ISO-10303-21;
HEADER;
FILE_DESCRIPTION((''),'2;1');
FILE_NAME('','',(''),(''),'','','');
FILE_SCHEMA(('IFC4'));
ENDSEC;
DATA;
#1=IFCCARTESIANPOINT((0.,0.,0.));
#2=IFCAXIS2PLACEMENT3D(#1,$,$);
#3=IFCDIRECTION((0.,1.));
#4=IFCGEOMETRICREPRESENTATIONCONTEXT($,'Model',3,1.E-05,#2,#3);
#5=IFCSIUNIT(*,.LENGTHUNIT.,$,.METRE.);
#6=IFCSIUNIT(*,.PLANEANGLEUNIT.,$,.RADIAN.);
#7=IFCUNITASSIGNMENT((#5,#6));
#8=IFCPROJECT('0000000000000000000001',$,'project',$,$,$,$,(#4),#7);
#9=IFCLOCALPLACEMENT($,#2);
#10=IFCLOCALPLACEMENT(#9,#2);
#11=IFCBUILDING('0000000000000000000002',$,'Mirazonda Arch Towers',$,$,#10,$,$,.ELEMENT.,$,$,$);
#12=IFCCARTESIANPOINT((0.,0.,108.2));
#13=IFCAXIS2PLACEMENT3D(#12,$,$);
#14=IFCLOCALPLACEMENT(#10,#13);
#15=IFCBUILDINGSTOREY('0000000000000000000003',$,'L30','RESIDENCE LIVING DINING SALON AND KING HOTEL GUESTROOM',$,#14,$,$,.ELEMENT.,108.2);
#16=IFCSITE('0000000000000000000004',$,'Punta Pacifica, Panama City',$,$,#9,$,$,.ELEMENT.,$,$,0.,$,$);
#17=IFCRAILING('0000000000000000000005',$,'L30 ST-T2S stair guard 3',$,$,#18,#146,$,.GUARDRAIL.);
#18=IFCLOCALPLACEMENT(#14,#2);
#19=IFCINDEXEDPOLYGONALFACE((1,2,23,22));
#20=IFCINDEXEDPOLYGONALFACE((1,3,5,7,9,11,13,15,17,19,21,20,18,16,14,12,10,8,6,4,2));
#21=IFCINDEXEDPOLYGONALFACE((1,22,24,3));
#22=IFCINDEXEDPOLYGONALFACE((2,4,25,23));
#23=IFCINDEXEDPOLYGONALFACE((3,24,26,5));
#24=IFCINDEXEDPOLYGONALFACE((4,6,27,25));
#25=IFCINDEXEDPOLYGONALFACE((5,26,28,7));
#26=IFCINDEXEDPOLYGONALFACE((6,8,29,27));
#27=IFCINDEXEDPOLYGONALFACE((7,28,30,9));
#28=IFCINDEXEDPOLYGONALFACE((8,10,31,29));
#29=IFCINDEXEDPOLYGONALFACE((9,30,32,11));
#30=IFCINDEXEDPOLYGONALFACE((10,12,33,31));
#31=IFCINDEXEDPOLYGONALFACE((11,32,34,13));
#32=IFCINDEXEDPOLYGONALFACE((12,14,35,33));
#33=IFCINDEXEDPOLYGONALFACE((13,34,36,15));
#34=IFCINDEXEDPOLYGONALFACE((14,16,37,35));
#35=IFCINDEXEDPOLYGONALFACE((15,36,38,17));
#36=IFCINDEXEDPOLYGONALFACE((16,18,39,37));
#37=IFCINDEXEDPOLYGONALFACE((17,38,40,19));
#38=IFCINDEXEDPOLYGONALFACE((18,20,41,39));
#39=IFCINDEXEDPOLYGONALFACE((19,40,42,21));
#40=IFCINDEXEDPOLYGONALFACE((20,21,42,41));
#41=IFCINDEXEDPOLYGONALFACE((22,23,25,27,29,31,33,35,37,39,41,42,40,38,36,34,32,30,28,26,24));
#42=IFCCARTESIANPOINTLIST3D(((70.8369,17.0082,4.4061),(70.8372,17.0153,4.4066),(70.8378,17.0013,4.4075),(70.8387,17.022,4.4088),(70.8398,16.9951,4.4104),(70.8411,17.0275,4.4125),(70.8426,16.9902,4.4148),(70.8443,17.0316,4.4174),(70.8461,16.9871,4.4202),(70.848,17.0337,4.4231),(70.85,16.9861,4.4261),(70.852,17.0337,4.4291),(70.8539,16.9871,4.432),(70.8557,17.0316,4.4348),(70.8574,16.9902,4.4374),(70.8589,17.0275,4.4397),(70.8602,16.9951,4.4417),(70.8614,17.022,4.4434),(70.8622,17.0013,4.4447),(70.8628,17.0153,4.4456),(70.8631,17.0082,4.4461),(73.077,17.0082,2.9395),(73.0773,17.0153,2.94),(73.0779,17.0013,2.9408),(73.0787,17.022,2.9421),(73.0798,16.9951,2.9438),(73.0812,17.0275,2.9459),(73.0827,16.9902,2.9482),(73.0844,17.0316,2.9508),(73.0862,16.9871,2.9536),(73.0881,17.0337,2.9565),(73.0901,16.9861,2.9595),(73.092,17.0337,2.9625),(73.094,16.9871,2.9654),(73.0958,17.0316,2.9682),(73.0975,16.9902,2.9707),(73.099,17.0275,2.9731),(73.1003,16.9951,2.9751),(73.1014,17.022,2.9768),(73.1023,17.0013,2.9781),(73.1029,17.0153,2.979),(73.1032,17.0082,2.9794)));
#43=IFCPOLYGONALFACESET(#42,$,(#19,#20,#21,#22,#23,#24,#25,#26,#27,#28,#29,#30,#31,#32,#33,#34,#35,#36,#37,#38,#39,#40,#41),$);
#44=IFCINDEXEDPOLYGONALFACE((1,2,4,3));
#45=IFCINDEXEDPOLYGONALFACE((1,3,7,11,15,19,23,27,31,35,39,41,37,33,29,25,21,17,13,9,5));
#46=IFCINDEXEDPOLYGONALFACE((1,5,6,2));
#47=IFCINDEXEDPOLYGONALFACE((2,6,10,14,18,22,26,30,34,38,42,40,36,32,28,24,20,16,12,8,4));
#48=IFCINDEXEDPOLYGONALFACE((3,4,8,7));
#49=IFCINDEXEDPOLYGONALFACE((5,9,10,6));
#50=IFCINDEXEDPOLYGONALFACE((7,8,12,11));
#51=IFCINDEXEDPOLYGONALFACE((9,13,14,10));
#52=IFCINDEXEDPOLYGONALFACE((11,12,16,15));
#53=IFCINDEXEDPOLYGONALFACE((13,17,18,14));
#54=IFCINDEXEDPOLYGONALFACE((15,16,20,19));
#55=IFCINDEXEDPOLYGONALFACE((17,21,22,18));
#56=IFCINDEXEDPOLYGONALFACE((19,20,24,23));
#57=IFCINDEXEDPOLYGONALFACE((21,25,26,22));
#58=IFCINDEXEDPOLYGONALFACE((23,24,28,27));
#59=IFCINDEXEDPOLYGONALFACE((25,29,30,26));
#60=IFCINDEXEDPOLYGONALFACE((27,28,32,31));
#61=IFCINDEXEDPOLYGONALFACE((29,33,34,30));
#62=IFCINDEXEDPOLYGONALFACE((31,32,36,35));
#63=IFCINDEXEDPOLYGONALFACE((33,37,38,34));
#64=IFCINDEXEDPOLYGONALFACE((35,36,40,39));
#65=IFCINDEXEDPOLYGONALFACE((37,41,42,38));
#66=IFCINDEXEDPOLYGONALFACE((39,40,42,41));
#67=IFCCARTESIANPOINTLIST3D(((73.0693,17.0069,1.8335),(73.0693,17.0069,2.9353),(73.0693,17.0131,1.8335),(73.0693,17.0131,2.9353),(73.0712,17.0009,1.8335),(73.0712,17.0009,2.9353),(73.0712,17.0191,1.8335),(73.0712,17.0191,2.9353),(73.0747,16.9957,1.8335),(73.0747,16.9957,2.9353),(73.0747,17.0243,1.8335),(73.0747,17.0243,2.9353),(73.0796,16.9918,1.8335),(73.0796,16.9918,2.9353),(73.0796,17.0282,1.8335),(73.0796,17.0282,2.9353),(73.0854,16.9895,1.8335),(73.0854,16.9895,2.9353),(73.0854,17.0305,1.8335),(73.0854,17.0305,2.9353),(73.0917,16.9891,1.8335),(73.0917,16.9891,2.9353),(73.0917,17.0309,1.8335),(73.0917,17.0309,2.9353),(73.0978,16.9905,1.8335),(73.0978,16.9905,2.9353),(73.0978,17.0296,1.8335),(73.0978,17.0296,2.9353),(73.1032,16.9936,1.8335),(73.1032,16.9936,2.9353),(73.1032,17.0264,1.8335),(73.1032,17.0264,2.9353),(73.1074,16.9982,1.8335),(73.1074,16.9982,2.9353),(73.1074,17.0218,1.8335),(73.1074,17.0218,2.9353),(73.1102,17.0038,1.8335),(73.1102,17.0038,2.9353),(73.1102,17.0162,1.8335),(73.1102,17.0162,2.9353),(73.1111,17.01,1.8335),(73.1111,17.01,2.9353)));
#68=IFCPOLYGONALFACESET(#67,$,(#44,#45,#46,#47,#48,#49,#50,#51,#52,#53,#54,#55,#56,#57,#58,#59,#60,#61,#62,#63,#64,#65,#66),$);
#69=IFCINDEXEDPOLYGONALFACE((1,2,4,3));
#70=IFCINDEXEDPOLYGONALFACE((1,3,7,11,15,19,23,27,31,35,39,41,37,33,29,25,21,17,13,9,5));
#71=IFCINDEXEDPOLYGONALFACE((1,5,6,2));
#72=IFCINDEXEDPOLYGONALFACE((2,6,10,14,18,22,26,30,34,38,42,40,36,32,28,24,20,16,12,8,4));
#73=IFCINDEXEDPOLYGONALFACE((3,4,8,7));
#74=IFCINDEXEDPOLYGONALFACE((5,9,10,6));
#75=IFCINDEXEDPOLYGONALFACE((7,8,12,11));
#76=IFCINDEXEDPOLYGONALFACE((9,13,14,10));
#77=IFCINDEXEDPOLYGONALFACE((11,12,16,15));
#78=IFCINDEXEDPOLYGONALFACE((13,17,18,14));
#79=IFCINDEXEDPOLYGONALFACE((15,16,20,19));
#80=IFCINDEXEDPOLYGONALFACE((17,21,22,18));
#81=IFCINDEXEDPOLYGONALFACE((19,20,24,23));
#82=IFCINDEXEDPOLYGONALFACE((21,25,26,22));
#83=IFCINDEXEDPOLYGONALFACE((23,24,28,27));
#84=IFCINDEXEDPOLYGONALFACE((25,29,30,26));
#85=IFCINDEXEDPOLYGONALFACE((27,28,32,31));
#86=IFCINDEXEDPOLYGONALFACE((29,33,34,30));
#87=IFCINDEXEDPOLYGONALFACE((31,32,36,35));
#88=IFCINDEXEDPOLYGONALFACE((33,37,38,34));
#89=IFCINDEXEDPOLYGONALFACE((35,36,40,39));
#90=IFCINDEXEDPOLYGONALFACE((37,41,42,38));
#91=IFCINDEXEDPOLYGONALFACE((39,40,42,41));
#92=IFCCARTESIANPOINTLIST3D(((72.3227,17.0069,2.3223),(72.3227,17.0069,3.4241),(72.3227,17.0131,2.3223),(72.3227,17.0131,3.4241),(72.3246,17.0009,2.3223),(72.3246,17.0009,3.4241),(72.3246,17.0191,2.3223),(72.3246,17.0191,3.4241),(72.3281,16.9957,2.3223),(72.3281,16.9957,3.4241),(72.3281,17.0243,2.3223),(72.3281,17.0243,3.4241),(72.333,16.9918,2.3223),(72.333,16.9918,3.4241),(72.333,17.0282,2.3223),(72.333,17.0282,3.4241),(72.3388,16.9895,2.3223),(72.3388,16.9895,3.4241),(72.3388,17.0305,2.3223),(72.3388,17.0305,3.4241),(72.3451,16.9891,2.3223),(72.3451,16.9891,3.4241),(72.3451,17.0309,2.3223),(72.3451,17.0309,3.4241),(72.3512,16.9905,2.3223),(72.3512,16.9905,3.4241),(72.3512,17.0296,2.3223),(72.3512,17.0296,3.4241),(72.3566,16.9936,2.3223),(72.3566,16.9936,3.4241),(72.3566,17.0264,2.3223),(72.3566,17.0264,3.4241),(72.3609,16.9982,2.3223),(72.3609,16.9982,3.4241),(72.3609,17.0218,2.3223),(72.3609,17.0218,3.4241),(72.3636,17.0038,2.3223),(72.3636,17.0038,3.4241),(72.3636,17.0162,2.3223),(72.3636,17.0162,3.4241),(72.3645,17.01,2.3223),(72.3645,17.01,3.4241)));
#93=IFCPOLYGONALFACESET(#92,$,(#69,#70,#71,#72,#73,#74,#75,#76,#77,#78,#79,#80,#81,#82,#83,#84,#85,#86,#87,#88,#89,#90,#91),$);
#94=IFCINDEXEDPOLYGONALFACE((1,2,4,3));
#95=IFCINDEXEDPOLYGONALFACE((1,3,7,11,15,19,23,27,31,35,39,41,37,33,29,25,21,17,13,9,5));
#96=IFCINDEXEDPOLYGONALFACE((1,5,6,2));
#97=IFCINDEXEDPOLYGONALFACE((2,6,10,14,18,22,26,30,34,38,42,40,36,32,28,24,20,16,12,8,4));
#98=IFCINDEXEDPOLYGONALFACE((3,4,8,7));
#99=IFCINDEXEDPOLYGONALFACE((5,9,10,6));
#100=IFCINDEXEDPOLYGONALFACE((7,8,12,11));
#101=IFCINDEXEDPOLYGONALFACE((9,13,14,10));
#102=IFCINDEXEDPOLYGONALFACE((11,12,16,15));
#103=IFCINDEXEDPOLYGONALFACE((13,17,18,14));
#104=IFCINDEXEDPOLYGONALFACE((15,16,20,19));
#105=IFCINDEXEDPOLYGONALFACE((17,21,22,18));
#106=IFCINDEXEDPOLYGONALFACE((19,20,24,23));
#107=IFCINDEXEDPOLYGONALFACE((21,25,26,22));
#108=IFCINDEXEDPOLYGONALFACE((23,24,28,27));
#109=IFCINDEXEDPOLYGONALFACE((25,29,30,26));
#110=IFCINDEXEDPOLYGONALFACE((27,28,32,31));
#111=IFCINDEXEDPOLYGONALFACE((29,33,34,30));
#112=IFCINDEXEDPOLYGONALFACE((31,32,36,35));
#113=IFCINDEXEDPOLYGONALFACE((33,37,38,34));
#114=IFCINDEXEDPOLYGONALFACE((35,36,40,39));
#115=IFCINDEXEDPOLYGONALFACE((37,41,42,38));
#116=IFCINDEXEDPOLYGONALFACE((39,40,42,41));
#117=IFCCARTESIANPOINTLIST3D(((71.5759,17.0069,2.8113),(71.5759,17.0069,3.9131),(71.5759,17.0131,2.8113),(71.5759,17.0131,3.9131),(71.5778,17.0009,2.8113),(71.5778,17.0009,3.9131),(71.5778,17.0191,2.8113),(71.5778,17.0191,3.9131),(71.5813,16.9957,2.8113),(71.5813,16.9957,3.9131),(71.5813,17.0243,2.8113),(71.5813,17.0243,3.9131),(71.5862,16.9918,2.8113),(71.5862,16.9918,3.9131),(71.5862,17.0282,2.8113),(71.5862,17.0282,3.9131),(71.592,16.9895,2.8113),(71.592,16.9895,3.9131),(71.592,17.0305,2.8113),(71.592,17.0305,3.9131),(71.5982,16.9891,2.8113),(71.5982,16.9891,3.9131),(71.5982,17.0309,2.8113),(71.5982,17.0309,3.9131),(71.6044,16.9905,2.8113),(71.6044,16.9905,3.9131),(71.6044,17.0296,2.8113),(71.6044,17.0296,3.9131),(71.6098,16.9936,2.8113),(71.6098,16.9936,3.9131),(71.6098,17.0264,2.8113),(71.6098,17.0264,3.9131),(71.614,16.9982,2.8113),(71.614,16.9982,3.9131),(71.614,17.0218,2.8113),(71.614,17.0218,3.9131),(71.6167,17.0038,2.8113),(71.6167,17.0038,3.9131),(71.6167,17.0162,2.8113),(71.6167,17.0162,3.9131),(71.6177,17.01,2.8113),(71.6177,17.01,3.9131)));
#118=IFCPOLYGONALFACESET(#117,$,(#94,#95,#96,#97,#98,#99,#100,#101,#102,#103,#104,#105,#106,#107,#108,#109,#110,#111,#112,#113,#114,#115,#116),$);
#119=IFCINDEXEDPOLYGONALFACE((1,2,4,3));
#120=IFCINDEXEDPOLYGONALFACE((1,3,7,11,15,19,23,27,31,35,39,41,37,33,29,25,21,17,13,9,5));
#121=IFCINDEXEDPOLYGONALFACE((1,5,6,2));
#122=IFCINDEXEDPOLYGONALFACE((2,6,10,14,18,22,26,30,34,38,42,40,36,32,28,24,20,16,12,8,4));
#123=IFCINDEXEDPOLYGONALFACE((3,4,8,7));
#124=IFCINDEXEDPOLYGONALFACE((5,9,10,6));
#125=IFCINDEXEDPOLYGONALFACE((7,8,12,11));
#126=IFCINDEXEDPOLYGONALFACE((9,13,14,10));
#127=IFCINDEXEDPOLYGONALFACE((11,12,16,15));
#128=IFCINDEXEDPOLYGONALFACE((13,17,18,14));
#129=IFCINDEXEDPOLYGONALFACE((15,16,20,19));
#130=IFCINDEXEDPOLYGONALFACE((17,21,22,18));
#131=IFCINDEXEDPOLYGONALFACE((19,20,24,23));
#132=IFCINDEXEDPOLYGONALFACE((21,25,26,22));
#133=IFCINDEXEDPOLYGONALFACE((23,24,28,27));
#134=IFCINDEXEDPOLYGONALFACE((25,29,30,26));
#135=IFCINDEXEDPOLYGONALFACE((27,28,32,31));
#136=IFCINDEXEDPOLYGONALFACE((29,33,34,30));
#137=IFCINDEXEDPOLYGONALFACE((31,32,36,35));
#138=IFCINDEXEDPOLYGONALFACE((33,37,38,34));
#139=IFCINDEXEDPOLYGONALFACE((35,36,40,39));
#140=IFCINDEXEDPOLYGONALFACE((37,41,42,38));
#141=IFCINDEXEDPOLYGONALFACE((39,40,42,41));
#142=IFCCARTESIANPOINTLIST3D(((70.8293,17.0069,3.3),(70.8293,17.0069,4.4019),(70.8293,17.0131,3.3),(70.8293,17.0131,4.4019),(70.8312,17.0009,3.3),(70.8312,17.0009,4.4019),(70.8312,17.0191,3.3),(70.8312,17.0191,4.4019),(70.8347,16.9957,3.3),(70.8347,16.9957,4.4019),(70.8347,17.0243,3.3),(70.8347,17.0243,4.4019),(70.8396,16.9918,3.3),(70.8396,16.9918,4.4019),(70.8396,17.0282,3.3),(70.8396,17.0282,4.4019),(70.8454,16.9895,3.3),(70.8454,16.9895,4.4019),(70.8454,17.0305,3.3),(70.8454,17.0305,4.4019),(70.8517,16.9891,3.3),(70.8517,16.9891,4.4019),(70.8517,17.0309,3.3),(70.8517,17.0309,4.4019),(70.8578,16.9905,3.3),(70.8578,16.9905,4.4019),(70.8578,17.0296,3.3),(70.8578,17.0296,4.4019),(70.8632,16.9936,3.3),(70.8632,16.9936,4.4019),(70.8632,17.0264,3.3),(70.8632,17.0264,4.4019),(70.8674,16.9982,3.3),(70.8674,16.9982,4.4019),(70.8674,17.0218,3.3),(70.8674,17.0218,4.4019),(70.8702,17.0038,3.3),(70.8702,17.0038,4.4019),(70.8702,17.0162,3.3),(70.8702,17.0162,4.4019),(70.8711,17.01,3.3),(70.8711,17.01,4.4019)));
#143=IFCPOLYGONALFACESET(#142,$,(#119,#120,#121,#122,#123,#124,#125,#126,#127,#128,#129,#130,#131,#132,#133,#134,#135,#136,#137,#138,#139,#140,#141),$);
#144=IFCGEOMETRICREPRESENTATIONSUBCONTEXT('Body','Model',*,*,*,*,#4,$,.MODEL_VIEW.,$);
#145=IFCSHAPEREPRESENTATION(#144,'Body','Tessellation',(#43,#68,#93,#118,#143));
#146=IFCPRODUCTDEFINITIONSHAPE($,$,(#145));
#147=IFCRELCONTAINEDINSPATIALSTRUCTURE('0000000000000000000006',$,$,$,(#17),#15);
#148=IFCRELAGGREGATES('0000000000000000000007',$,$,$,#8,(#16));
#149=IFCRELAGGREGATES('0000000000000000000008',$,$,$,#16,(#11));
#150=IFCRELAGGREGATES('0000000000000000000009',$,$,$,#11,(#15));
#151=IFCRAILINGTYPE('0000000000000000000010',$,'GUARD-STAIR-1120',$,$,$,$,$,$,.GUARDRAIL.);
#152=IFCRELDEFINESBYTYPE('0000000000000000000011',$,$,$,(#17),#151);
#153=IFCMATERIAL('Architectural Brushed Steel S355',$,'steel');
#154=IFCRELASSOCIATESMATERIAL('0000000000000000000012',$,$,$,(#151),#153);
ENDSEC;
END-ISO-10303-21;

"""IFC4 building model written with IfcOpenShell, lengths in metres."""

from ifc_helpers import new_model, si_unit, direction, frame, origin, origin_2d, place, context, subcontext, project, spatial, circle, extrude, material, type_object, element, save


model = new_model("IFC4")

# Units and contexts
model_context = context("Model", 3, precision=1e-05, world=origin(), true_north=direction((0.0, 1.0)))
body_context = subcontext(model_context, "Body", "Model", "MODEL_VIEW")
ifc_project = project(units=[si_unit("LENGTHUNIT", "METRE"), si_unit("PLANEANGLEUNIT", "RADIAN")], contexts=[model_context])

# Site, building, storey
site_placement = place(None, origin())
site = spatial("IfcSite", under=ifc_project, at=site_placement, Name="Punta Pacifica, Panama City", CompositionType="ELEMENT", RefElevation=0.0)
building_placement = place(site_placement, origin())
building = spatial("IfcBuilding", under=site, at=building_placement, Name="Mirazonda Arch Towers", CompositionType="ELEMENT")
storey_placement = place(building_placement, frame((0.0, 0.0, 108.2)))
storey = spatial("IfcBuildingStorey", under=building, at=storey_placement, Name="L30", Description="RESIDENCE LIVING DINING SALON AND KING HOTEL GUESTROOM", CompositionType="ELEMENT", Elevation=108.2)

# Railing
ifc_material_1 = material(Name="Architectural Brushed Steel S355", Category="steel")
railing_type_1 = type_object("IfcRailingType", Name="GUARD-STAIR-1120", PredefinedType="GUARDRAIL", material=ifc_material_1)
railing_1_placement = place(storey_placement, frame((73.0901, 17.01, 1.8335)))
element("IfcRailing", 1, at=railing_1_placement, inside=storey, type_object=railing_type_1, Name="L30 ST-T2S stair guard 3", PredefinedType="GUARDRAIL", context=body_context, shape_type="SweptSolid", body=[
    extrude(circle(Radius=0.0239, at=origin_2d()), frame((0.0, 0.0, 1.126), z_axis=(-0.836637, 0.0, 0.547758), x_axis=(0.0, -1.0, 0.0)), (0.0, 0.0, 1.0), 2.6775),
    extrude(circle(Radius=0.021, at=origin_2d()), origin(), (0.0, 0.0, 1.0), 1.1018),
    extrude(circle(Radius=0.021, at=origin_2d()), frame((-0.7466, 0.0, 0.4888)), (0.0, 0.0, 1.0), 1.1018),
    extrude(circle(Radius=0.021, at=origin_2d()), frame((-1.4934, 0.0, 0.9778)), (0.0, 0.0, 1.0), 1.1018),
    extrude(circle(Radius=0.021, at=origin_2d()), frame((-2.24, 0.0, 1.4666)), (0.0, 0.0, 1.0), 1.1018),
])

save(model, "model.ifc")
